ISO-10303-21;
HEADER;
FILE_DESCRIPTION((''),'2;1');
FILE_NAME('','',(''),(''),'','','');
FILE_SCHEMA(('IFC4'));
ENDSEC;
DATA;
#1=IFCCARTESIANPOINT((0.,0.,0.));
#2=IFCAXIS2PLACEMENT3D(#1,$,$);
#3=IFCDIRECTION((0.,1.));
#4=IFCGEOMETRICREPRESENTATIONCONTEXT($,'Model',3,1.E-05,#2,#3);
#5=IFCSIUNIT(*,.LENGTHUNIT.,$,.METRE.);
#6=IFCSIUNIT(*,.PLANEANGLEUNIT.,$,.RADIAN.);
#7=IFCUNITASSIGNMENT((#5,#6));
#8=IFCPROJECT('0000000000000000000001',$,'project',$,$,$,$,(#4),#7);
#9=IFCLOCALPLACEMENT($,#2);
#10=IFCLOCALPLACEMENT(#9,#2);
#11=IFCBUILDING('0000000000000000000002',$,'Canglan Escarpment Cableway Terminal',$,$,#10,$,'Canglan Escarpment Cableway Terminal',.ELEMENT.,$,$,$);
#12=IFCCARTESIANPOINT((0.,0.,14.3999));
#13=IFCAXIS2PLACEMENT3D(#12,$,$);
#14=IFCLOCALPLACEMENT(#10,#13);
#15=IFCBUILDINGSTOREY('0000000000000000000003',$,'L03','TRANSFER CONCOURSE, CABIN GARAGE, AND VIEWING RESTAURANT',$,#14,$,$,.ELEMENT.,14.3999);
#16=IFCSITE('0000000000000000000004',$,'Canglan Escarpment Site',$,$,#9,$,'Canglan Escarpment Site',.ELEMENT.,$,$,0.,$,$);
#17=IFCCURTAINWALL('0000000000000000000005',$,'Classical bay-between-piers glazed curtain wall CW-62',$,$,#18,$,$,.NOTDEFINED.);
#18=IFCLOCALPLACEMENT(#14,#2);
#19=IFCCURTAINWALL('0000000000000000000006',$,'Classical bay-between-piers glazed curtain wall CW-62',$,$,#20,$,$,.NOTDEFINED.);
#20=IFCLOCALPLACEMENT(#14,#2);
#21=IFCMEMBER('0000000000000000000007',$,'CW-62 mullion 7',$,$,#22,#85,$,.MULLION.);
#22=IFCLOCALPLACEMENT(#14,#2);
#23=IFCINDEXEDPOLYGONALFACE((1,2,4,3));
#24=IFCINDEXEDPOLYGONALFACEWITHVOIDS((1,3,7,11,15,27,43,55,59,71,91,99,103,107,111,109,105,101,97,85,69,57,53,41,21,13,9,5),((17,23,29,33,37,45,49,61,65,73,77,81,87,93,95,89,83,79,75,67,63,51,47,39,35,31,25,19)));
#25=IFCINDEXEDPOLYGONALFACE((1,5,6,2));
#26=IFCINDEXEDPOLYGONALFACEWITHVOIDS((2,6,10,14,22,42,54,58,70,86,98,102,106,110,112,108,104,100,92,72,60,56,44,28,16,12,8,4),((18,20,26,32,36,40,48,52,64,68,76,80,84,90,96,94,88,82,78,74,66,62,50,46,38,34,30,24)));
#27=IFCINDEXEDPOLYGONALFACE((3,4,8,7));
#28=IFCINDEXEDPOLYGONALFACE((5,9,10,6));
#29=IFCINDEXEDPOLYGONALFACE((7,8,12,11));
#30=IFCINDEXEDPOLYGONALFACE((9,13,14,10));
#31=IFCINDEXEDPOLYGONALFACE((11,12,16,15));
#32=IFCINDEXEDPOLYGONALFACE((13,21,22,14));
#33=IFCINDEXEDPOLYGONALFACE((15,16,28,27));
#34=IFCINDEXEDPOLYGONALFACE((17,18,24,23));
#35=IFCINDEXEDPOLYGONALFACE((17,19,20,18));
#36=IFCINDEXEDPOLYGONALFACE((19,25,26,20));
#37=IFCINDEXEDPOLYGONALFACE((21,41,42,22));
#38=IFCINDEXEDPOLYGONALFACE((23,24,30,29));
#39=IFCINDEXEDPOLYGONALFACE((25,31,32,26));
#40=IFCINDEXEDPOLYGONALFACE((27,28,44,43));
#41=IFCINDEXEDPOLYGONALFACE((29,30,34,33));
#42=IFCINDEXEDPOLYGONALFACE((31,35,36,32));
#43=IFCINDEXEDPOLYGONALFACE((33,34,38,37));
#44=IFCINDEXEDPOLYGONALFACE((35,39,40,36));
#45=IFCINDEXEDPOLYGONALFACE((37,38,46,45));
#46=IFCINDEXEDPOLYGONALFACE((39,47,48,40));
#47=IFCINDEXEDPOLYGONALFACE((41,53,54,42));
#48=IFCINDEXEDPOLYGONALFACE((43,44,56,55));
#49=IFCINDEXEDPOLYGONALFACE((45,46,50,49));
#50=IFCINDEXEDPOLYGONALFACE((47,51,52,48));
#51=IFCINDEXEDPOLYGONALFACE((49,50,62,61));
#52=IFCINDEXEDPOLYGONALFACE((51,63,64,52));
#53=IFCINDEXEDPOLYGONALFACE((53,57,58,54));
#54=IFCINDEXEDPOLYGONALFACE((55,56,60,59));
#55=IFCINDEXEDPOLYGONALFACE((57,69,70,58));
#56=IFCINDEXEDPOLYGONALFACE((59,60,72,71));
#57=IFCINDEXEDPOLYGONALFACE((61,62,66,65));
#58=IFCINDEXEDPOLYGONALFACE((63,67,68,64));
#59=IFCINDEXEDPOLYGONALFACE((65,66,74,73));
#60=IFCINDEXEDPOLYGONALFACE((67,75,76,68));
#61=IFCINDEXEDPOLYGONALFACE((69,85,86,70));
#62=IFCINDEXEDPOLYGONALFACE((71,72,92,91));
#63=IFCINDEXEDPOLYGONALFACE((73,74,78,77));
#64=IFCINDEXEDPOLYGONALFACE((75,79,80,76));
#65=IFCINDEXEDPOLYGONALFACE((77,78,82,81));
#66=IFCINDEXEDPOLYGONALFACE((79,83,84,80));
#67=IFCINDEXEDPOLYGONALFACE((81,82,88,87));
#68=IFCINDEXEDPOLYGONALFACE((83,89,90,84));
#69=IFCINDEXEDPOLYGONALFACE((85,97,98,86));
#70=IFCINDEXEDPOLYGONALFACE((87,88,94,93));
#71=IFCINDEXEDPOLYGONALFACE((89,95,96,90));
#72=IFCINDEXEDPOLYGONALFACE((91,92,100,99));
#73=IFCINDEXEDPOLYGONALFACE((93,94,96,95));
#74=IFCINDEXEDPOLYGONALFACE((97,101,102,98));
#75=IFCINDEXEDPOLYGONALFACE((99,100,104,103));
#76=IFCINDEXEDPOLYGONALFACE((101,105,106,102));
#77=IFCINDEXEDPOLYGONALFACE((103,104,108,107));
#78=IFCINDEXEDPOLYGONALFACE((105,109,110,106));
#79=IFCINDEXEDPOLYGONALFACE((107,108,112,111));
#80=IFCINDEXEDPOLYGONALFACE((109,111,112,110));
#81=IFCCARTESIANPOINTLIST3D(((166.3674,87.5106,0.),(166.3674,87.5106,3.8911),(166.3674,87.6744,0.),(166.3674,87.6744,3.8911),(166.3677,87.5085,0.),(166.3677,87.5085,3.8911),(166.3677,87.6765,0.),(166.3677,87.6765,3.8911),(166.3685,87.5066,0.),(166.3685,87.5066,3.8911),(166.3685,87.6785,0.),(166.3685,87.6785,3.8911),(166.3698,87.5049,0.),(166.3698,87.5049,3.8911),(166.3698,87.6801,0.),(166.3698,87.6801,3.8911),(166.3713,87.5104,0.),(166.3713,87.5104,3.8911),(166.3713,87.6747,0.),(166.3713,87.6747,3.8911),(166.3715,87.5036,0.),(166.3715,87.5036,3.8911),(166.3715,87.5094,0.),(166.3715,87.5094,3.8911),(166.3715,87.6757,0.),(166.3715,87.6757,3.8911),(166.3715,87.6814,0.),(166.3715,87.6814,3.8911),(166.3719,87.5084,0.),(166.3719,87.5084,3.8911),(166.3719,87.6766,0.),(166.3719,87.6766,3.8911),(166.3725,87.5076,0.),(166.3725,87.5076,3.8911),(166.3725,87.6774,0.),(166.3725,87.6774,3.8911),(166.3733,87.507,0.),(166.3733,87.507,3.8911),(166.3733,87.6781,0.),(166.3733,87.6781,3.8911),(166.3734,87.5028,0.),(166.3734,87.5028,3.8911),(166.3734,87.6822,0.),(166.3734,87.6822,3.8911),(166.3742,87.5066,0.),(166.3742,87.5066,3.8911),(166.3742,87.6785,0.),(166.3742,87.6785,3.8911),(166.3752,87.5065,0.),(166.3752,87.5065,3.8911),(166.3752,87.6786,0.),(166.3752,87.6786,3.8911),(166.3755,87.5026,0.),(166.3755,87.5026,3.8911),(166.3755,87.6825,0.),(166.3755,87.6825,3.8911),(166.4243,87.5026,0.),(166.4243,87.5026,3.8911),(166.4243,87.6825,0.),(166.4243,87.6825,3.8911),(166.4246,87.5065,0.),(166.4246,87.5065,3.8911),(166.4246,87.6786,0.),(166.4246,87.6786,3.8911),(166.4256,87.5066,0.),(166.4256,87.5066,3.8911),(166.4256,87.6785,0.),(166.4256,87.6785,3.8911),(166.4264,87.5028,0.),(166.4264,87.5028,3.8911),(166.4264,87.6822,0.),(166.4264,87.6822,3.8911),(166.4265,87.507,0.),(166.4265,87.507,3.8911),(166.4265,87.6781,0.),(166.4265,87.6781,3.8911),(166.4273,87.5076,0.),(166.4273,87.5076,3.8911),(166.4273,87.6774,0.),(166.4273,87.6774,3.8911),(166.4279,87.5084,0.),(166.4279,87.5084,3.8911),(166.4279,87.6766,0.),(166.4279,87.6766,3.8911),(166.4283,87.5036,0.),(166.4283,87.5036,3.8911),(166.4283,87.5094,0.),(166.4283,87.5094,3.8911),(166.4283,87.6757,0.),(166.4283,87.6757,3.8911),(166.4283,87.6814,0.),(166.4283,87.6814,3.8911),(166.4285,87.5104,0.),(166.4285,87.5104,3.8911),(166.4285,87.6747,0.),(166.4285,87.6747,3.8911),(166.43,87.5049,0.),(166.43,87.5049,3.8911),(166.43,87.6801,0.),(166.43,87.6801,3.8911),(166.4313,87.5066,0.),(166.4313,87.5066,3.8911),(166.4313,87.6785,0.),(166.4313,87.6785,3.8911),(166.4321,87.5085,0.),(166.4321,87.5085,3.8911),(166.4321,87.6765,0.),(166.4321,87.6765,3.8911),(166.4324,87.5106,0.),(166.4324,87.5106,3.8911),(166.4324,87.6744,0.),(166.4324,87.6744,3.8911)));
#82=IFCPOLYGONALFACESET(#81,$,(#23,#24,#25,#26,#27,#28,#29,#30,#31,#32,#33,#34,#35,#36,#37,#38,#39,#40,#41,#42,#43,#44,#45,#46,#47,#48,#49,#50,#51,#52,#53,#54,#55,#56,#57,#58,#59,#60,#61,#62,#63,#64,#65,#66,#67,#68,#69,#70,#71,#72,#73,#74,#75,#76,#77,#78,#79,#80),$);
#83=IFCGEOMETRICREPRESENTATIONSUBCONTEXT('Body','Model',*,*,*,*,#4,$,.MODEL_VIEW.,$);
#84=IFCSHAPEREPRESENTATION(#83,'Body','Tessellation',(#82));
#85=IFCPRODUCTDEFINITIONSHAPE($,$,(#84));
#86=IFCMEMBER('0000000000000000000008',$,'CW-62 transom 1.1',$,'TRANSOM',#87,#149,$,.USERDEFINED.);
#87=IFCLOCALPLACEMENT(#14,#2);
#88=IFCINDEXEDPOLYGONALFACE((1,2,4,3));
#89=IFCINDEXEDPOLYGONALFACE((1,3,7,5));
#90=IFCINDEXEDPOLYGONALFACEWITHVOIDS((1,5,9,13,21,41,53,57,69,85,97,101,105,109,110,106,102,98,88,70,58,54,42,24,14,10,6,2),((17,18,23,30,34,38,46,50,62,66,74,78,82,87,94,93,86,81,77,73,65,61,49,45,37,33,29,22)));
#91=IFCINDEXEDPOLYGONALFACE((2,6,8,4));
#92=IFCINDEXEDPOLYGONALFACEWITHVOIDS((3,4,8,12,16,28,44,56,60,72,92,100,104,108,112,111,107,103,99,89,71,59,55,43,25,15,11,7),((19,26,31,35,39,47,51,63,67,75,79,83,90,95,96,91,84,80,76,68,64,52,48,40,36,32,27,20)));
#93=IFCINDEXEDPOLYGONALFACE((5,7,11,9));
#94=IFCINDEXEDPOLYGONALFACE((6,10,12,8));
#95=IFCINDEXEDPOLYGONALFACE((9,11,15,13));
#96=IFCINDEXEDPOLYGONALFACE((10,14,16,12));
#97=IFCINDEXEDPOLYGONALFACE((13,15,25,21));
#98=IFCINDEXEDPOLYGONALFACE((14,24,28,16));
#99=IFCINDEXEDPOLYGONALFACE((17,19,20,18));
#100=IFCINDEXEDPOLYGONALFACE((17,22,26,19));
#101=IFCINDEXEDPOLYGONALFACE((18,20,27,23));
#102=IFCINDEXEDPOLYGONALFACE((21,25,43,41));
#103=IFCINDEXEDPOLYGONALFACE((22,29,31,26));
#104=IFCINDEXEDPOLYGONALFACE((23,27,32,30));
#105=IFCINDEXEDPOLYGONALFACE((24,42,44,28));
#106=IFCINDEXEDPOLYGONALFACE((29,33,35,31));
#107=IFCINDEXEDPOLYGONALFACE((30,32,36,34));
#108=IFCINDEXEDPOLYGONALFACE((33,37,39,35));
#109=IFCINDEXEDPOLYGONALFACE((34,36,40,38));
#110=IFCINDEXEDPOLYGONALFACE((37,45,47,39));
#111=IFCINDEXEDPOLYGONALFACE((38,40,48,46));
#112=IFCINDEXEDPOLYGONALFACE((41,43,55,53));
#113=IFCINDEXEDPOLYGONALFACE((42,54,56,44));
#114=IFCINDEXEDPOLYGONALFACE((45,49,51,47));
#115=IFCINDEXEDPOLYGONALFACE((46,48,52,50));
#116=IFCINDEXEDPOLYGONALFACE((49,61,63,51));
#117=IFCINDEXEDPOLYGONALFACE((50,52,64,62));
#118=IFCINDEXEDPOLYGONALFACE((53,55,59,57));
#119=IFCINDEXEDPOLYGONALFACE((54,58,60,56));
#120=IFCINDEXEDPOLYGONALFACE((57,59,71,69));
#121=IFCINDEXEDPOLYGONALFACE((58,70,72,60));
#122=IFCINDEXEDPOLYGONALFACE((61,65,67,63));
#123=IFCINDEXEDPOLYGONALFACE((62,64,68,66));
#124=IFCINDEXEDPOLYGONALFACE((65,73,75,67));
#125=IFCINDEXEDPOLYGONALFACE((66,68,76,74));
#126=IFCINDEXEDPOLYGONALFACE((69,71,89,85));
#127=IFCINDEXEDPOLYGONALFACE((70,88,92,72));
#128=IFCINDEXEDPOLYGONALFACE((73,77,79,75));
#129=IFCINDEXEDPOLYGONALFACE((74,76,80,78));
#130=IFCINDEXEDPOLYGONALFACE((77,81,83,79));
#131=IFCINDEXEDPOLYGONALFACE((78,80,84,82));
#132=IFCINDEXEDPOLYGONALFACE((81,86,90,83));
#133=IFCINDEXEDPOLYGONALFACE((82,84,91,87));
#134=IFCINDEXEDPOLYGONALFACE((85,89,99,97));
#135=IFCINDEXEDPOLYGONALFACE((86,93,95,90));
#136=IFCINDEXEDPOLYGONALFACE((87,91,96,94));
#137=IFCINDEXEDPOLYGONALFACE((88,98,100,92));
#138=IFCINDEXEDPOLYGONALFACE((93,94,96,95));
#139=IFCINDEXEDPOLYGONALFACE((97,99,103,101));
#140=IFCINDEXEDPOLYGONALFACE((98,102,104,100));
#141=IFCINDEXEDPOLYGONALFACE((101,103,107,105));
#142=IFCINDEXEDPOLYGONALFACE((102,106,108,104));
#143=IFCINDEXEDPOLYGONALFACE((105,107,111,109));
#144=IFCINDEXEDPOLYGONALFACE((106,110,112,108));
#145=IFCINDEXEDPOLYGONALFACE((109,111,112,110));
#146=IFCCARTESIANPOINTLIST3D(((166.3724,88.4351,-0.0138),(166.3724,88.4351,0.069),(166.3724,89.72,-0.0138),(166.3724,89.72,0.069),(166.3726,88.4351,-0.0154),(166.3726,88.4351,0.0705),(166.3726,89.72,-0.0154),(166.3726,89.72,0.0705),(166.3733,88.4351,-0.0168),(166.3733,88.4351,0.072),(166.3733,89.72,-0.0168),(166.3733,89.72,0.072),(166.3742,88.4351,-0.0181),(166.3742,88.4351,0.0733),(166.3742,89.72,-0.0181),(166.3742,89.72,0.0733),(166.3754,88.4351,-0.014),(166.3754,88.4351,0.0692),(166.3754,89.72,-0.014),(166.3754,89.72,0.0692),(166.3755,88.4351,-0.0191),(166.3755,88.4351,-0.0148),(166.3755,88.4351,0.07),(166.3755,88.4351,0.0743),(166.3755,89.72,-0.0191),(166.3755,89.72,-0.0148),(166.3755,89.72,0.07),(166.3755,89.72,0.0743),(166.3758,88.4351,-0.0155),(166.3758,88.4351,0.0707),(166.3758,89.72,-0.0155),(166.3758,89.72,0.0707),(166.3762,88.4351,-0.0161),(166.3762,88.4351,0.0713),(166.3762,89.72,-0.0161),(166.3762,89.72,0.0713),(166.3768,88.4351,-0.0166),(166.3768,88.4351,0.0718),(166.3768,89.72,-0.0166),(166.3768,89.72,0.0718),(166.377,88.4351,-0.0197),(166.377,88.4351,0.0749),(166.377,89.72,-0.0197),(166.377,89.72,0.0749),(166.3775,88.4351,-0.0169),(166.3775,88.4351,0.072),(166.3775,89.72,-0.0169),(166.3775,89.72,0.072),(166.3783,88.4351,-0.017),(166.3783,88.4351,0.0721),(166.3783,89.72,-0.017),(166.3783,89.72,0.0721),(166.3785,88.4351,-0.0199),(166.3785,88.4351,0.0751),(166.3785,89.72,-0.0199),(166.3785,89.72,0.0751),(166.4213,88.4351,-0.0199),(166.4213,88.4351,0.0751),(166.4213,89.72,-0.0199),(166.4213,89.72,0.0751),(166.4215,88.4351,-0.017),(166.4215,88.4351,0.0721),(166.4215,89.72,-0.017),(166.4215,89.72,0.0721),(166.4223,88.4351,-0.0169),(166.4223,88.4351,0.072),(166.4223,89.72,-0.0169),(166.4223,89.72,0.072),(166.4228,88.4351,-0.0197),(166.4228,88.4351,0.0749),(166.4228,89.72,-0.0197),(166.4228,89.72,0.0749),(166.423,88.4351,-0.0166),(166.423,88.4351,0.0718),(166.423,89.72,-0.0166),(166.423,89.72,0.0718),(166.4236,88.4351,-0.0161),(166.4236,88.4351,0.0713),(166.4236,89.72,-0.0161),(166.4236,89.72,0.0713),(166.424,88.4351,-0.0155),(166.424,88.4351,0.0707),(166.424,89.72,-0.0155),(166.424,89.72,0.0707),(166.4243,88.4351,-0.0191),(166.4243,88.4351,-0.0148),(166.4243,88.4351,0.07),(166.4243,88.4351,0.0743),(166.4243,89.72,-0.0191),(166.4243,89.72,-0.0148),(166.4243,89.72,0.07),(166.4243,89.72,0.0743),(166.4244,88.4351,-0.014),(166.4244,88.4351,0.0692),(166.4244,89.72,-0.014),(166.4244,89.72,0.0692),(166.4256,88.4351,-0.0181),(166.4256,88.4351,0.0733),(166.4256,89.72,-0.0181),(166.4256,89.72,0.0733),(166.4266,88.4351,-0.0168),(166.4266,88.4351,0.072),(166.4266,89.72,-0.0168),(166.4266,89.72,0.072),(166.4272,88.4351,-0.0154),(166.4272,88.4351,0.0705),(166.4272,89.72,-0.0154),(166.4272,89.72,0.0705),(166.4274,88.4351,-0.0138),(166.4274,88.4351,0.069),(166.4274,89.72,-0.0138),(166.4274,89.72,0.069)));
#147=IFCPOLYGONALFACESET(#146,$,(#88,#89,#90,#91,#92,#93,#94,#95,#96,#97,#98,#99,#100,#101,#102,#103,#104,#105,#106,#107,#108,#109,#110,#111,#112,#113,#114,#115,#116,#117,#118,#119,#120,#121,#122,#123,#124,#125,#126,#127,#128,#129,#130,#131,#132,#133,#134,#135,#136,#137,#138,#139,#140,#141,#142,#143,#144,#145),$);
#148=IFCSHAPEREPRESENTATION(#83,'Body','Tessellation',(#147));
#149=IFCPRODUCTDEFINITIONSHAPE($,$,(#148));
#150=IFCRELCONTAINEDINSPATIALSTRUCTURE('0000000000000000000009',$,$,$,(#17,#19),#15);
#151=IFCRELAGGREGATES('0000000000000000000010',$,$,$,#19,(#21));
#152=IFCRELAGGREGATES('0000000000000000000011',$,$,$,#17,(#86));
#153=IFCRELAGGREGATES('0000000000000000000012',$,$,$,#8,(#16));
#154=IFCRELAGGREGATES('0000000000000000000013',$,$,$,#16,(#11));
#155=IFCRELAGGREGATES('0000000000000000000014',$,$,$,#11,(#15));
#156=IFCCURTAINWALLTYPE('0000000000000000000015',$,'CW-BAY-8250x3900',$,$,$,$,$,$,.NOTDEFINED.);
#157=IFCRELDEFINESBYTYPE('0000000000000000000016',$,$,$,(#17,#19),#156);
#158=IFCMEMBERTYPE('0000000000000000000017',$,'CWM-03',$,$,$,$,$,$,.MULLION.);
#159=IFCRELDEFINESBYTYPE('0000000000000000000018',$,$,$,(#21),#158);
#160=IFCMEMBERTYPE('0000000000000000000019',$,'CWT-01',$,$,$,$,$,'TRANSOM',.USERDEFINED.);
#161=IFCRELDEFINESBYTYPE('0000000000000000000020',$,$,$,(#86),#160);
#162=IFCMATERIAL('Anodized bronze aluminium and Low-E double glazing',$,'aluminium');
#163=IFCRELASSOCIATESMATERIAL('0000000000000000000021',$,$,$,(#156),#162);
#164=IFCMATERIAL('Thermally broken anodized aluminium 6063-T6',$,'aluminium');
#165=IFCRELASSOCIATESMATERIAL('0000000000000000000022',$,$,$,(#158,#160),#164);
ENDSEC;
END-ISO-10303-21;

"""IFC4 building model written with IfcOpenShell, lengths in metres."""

from ifc_helpers import new_model, si_unit, direction, frame, origin, origin_2d, place, context, subcontext, project, spatial, hollow_rectangle, extrude, material, material_profile, profile_set, type_object, element, aggregate, save


model = new_model("IFC4")

# Units and contexts
model_context = context("Model", 3, precision=1e-05, world=origin(), true_north=direction((0.0, 1.0)))
body_context = subcontext(model_context, "Body", "Model", "MODEL_VIEW")
ifc_project = project(units=[si_unit("LENGTHUNIT", "METRE"), si_unit("PLANEANGLEUNIT", "RADIAN")], contexts=[model_context])

# Site, building, storey
site_placement = place(None, origin())
site = spatial("IfcSite", under=ifc_project, at=site_placement, Name="Canglan Escarpment Site", LongName="Canglan Escarpment Site", CompositionType="ELEMENT", RefElevation=0.0)
building_placement = place(site_placement, origin())
building = spatial("IfcBuilding", under=site, at=building_placement, Name="Canglan Escarpment Cableway Terminal", LongName="Canglan Escarpment Cableway Terminal", CompositionType="ELEMENT")
storey_placement = place(building_placement, frame((0.0, 0.0, 14.3999)))
storey = spatial("IfcBuildingStorey", under=building, at=storey_placement, Name="L03", Description="TRANSFER CONCOURSE, CABIN GARAGE, AND VIEWING RESTAURANT", CompositionType="ELEMENT", Elevation=14.3999)

# Curtain walls, member
ifc_material_1 = material(Name="Anodized bronze aluminium and Low-E double glazing", Category="aluminium")
curtain_wall_type = type_object("IfcCurtainWallType", Name="CW-BAY-8250x3900", PredefinedType="NOTDEFINED", material=ifc_material_1)
curtain_wall_1_placement = place(storey_placement, origin())
curtain_wall_1 = element("IfcCurtainWall", 1, at=curtain_wall_1_placement, inside=storey, type_object=curtain_wall_type, Name="Classical bay-between-piers glazed curtain wall CW-62", PredefinedType="NOTDEFINED")
ifc_material_2 = material(Name="Thermally broken anodized aluminium 6063-T6", Category="aluminium")
curtain_wall_2_placement = place(storey_placement, origin())
curtain_wall_2 = element("IfcCurtainWall", 2, at=curtain_wall_2_placement, inside=storey, type_object=curtain_wall_type, Name="Classical bay-between-piers glazed curtain wall CW-62", PredefinedType="NOTDEFINED")
ifc_material_profile_1 = material_profile(ifc_material_2, hollow_rectangle(XDim=0.0649, YDim=0.1799, WallThickness=0.0039, InnerFilletRadius=0.0039, OuterFilletRadius=0.0081, at=origin_2d()), Name="ALU-MULL 65x180x4")
ifc_profile_set_1 = profile_set([ifc_material_profile_1], Name="Thermally broken anodized aluminium 6063-T6")
member_type_1 = type_object("IfcMemberType", Name="CWM-03", PredefinedType="MULLION", material=ifc_profile_set_1)
member_1_placement = place(storey_placement, frame((166.3999, 87.5925, 0.0), z_axis=(0.0, 0.0, 1.0), x_axis=(-1.0, 0.0, 0.0)))
member_1 = element("IfcMember", 3, at=member_1_placement, type_object=member_type_1, Name="CW-62 mullion 7", PredefinedType="MULLION", context=body_context, shape_type="SweptSolid", body=[
    extrude(hollow_rectangle(XDim=0.0649, YDim=0.1799, WallThickness=0.0039, InnerFilletRadius=0.0039, OuterFilletRadius=0.0081, at=origin_2d()), origin(), (0.0, 0.0, 1.0), 3.8911),
])

# Member
ifc_material_profile_2 = material_profile(ifc_material_2, hollow_rectangle(XDim=0.0549, YDim=0.095, WallThickness=0.0029, InnerFilletRadius=0.0029, OuterFilletRadius=0.0061, at=origin_2d()), Name="ALU-TRAN 55x95x3")
ifc_profile_set_2 = profile_set([ifc_material_profile_2], Name="Thermally broken anodized aluminium 6063-T6")
member_type_2 = type_object("IfcMemberType", Name="CWT-01", ElementType="TRANSOM", PredefinedType="USERDEFINED", material=ifc_profile_set_2)
member_2_placement = place(storey_placement, frame((166.3999, 88.4351, 0.0276), z_axis=(0.0, 1.0, 0.0), x_axis=(-1.0, 0.0, 0.0)))
member_2 = element("IfcMember", 4, at=member_2_placement, type_object=member_type_2, Name="CW-62 transom 1.1", ObjectType="TRANSOM", PredefinedType="USERDEFINED", context=body_context, shape_type="SweptSolid", body=[
    extrude(hollow_rectangle(XDim=0.0549, YDim=0.095, WallThickness=0.0029, InnerFilletRadius=0.0029, OuterFilletRadius=0.0061, at=origin_2d()), origin(), (0.0, 0.0, 1.0), 1.2849),
])

aggregate(curtain_wall_2, [member_1])
aggregate(curtain_wall_1, [member_2])

save(model, "model.ifc")
